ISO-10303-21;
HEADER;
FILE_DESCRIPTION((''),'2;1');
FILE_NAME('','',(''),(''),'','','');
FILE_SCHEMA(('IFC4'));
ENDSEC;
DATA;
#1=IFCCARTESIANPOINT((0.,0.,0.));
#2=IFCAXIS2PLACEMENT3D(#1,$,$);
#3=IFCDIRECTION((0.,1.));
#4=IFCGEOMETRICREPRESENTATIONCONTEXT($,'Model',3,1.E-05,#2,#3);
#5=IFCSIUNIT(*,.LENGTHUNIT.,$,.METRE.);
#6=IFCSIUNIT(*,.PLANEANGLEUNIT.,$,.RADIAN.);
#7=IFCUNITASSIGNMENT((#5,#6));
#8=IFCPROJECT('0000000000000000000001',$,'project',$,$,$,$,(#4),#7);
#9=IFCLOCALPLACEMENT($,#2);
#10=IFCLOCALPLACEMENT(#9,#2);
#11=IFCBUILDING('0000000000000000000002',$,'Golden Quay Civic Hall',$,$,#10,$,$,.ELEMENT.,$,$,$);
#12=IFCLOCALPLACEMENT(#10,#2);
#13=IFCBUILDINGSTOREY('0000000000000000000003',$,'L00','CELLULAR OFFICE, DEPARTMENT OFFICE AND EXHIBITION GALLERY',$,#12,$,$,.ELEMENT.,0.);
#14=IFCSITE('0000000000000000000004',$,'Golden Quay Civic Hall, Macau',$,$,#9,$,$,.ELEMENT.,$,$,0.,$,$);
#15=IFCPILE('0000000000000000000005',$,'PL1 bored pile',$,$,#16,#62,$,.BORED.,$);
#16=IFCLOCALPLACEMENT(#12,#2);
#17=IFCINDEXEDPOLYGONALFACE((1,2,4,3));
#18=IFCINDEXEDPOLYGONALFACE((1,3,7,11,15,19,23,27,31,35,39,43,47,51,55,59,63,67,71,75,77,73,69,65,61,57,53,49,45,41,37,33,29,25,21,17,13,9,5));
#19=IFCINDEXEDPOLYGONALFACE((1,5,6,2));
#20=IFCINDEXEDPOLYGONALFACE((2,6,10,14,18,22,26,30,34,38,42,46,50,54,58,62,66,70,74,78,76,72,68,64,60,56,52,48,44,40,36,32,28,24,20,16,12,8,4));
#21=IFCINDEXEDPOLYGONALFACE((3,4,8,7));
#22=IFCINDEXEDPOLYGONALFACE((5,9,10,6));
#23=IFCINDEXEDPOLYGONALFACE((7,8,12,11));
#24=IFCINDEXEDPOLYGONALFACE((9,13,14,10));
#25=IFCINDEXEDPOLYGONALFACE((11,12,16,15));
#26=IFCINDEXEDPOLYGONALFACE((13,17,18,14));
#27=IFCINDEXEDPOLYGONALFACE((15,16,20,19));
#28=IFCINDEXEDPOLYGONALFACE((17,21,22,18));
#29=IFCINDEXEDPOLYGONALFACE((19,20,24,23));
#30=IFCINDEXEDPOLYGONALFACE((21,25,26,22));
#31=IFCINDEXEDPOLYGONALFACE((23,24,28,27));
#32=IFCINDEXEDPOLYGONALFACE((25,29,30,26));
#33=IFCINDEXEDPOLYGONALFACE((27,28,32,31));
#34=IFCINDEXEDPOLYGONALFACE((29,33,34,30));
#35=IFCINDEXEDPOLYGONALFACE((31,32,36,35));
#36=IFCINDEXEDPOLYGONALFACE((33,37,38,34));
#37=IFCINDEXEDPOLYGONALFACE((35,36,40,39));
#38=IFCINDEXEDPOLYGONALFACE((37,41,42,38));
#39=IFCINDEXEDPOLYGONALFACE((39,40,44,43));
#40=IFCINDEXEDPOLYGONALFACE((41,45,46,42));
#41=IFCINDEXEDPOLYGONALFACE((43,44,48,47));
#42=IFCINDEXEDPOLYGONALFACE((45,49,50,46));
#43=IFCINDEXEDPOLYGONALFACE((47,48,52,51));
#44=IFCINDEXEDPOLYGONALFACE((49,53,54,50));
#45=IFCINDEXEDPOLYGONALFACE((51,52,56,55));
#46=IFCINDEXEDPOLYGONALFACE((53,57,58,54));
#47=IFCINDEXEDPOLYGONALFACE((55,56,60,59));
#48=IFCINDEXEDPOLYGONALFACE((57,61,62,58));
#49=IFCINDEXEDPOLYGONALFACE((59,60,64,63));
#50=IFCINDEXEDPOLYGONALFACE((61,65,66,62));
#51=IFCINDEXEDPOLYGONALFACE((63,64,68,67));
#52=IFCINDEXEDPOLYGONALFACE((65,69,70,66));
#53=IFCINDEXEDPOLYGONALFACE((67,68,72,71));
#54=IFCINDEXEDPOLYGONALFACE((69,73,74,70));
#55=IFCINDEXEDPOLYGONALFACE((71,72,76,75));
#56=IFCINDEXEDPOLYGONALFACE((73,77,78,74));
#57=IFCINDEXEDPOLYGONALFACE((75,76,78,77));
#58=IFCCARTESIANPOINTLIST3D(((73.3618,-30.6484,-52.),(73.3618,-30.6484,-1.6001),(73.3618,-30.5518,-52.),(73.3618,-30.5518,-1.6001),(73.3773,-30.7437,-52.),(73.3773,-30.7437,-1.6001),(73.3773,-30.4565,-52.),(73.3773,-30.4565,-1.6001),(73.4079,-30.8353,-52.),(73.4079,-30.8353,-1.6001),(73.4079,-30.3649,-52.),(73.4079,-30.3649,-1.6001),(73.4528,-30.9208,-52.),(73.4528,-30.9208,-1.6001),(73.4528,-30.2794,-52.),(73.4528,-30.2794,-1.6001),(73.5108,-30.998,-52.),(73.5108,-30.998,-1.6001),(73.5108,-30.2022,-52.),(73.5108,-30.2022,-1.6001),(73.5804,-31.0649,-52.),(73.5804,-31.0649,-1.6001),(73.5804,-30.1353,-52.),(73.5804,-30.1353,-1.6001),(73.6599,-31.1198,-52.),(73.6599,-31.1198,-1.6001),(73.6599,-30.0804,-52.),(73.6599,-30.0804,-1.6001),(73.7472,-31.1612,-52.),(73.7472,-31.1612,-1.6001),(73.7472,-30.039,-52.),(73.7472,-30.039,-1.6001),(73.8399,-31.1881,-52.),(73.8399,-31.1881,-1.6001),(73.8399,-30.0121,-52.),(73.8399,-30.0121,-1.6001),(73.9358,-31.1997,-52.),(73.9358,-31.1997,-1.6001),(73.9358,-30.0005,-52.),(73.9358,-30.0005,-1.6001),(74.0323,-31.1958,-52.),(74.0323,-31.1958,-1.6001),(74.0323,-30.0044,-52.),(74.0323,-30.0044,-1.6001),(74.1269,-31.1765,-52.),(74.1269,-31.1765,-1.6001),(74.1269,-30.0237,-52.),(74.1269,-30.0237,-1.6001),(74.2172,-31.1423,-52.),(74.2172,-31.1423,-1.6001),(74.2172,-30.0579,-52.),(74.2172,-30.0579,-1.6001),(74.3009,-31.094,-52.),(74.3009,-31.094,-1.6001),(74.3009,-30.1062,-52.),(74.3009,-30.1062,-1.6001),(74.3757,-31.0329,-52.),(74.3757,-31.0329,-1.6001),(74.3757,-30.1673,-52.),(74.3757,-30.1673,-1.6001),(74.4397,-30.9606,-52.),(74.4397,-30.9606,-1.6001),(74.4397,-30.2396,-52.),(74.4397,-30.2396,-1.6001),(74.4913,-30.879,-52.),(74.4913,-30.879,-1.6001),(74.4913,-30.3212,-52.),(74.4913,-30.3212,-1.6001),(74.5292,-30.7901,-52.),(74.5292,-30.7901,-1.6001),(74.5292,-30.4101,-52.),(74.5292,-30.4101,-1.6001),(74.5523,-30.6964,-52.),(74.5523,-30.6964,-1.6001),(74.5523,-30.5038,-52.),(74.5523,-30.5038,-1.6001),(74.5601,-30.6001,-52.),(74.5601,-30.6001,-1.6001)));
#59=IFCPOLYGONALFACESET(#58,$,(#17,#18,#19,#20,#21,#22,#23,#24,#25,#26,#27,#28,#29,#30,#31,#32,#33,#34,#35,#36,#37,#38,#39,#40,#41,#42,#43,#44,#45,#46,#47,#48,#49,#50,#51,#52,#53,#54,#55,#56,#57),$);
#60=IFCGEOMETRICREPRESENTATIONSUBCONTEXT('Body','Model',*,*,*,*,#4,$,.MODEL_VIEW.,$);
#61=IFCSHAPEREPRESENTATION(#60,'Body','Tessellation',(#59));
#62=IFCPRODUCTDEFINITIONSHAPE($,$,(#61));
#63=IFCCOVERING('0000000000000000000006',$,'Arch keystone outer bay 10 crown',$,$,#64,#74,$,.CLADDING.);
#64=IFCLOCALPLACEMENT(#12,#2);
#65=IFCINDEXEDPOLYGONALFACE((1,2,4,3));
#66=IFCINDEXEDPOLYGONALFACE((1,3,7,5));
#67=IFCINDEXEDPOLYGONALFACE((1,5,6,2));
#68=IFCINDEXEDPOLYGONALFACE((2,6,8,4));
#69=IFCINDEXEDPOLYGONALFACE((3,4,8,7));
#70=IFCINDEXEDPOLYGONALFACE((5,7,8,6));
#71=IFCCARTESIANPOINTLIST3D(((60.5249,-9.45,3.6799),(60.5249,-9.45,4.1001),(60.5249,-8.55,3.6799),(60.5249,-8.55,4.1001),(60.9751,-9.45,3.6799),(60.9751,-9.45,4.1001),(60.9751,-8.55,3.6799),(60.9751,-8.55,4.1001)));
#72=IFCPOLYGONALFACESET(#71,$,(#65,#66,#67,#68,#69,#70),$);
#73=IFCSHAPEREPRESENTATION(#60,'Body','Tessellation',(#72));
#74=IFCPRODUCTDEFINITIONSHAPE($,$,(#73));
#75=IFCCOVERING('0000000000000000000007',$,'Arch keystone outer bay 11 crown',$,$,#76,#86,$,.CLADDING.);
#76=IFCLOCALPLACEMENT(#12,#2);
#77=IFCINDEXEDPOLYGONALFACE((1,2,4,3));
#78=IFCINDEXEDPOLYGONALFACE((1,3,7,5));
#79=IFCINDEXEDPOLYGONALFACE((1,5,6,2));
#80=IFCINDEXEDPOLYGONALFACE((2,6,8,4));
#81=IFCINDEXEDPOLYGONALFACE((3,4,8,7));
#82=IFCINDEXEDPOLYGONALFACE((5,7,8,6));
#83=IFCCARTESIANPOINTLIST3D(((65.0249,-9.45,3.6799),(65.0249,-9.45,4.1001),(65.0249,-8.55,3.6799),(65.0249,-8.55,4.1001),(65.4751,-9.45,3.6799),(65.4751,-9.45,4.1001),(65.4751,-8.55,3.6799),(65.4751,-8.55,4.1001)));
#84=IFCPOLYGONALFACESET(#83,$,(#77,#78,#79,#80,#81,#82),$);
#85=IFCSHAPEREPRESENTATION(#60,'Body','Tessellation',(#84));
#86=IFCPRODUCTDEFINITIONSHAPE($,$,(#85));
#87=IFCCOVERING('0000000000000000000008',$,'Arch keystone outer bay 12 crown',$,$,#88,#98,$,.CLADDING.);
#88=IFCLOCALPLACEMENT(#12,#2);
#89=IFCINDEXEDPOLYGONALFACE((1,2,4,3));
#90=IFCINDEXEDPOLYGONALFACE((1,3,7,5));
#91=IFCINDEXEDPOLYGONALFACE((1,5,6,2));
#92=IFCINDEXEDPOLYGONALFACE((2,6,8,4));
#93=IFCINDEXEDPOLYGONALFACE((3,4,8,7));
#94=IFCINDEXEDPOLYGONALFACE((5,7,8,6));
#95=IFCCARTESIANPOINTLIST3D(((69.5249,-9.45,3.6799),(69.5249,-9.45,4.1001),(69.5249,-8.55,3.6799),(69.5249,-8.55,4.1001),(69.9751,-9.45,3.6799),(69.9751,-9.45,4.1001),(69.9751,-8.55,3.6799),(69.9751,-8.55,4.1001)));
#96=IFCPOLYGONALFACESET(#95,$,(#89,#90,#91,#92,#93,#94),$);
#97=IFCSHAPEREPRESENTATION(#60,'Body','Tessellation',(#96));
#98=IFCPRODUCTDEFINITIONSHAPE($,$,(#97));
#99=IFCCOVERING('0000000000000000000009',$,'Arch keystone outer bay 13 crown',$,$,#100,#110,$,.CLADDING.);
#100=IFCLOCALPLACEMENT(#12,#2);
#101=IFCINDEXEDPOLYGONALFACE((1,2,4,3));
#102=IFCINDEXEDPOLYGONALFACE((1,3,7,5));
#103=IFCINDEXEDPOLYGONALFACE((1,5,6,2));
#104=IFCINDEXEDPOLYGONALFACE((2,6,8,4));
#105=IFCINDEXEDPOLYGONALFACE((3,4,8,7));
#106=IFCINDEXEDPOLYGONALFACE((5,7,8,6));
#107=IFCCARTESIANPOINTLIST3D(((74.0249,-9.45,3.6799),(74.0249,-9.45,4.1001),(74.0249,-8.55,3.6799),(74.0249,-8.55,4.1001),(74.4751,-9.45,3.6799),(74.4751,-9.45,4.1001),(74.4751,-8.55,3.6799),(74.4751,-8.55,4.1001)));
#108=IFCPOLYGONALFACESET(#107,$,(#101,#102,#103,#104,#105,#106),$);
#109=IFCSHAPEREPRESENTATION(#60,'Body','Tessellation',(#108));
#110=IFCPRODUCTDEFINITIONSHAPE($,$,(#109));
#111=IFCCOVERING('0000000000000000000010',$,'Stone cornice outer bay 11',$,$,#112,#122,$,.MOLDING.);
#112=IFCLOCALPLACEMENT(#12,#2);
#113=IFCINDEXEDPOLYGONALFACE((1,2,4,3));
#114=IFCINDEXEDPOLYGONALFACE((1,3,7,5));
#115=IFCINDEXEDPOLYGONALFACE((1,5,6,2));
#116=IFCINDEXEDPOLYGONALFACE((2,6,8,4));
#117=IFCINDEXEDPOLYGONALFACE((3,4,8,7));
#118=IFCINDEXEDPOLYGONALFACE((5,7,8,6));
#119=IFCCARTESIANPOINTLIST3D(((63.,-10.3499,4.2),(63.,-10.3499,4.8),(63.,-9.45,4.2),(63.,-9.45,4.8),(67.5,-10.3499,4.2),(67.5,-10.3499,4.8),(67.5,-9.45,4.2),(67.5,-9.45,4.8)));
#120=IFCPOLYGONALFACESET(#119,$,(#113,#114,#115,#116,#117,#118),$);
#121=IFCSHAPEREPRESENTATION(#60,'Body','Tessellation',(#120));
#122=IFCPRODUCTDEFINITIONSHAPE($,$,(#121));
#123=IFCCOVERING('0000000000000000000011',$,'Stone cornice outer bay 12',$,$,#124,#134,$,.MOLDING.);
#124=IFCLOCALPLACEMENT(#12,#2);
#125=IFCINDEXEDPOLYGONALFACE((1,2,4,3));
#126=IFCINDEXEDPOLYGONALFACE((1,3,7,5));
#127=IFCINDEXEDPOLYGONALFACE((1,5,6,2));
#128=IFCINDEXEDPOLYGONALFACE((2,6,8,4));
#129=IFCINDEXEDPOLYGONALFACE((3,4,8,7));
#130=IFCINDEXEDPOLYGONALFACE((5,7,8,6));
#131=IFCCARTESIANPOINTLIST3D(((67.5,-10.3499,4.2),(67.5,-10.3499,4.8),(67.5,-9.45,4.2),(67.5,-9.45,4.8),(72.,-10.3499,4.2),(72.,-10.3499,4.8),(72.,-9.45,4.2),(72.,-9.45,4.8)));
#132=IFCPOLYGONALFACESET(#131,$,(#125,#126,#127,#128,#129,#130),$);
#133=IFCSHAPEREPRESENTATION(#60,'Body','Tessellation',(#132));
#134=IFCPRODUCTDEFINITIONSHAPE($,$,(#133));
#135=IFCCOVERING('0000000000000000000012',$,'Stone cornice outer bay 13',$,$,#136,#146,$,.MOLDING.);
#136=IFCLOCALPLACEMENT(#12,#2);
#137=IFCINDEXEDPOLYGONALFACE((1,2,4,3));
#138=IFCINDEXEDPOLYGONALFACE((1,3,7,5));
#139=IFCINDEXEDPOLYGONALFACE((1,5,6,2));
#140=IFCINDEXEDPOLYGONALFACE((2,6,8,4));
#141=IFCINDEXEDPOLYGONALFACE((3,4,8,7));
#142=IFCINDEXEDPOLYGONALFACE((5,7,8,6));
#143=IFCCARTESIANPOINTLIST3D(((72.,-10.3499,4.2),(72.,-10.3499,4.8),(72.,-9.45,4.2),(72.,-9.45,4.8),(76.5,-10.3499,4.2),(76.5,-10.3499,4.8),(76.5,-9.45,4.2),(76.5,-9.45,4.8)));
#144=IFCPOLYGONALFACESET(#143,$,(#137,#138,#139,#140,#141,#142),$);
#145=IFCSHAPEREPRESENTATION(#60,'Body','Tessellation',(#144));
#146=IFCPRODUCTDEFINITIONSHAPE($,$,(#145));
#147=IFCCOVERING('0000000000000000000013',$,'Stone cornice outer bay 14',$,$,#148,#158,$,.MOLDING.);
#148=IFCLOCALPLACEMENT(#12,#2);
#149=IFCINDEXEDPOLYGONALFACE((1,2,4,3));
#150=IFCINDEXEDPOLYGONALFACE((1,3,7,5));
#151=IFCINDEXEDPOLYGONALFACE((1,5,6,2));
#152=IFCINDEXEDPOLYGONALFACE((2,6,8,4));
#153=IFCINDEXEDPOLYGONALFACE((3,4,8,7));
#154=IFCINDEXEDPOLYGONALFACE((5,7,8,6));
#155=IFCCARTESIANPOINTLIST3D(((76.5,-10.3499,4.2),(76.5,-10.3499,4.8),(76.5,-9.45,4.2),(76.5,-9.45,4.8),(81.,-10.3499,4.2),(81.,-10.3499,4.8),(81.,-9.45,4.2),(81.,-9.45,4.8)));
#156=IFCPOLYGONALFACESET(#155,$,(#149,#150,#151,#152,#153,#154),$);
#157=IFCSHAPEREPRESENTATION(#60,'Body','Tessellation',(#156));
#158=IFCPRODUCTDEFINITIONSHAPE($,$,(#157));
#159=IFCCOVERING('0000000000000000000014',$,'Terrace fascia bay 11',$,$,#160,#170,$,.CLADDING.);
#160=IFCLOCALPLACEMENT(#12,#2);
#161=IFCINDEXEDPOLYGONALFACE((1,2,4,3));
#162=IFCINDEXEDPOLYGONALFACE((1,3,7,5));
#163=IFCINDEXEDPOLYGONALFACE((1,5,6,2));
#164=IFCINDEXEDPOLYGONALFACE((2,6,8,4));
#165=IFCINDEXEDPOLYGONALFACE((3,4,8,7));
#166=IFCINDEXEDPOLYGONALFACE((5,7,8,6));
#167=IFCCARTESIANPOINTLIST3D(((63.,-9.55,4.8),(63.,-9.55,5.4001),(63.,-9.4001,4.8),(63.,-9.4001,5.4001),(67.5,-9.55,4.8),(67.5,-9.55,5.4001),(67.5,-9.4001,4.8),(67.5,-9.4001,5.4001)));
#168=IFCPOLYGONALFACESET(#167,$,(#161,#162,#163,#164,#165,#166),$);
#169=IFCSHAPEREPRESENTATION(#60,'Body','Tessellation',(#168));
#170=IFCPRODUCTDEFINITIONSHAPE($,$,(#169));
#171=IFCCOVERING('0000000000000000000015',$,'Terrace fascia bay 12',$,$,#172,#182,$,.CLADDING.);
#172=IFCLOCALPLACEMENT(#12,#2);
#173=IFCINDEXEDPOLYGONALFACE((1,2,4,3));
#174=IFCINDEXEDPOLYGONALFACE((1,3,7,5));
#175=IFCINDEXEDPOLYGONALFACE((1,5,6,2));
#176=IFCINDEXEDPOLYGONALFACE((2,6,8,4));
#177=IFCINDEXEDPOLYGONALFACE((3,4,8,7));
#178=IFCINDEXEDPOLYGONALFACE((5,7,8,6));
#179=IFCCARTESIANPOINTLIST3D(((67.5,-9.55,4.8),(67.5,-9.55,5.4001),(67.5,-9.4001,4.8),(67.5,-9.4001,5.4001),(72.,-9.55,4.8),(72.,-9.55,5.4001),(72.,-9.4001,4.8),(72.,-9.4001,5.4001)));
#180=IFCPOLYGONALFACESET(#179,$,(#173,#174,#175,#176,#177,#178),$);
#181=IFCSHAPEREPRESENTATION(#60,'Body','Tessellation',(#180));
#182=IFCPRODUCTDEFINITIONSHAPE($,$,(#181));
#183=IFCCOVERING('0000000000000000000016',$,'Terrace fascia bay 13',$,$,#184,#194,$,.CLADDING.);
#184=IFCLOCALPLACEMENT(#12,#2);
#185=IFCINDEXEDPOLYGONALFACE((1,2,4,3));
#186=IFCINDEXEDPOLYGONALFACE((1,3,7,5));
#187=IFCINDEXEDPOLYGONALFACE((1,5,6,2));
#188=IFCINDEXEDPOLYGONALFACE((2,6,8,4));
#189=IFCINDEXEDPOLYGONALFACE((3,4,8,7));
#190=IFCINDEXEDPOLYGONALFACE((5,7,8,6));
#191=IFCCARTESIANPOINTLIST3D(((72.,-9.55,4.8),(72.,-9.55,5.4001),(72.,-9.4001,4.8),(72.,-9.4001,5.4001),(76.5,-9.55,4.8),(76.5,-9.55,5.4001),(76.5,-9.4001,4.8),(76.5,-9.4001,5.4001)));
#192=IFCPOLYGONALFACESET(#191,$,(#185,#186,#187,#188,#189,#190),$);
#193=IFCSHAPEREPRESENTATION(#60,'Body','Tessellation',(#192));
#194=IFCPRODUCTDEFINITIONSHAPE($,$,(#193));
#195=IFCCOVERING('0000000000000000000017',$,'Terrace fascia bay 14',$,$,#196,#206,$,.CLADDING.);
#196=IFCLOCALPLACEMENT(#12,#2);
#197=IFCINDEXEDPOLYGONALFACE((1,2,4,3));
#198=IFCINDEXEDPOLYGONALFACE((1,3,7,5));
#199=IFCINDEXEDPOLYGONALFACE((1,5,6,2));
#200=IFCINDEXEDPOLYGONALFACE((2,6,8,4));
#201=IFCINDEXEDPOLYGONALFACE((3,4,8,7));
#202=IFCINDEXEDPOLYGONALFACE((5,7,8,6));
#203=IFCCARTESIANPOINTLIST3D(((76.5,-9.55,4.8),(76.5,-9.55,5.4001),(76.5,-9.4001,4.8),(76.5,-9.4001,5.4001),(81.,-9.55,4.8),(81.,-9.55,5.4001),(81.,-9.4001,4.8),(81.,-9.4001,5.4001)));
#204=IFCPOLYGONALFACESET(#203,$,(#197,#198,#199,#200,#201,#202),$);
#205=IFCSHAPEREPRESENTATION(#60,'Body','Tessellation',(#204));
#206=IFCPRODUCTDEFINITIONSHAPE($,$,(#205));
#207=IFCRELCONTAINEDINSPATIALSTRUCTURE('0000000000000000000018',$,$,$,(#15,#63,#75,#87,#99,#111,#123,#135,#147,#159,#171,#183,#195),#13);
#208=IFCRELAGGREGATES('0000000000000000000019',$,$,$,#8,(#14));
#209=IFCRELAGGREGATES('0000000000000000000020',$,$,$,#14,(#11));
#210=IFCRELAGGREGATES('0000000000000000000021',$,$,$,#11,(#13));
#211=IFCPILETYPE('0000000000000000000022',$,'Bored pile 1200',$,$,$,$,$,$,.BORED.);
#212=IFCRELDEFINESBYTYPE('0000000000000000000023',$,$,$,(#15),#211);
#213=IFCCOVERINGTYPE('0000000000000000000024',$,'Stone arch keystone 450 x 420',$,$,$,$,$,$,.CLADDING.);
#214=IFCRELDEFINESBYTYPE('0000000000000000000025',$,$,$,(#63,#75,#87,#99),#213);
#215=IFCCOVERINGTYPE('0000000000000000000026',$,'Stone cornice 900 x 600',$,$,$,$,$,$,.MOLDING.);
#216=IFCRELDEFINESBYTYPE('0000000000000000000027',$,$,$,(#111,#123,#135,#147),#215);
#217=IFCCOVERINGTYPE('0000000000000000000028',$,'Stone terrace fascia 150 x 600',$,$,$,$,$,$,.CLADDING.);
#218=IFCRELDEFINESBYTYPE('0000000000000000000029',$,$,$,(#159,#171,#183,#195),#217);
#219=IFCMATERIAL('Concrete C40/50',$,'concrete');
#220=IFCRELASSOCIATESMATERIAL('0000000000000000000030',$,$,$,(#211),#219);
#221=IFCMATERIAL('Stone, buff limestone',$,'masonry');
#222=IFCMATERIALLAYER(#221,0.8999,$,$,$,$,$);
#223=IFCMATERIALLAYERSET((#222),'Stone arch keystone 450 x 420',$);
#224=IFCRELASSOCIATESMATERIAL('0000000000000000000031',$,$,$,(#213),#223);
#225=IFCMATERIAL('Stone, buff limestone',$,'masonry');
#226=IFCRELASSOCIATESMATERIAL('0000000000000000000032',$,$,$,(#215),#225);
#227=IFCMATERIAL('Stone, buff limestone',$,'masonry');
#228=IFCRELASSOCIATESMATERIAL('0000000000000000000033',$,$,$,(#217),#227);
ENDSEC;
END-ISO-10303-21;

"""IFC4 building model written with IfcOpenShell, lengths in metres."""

from ifc_helpers import new_model, si_unit, direction, frame, origin, origin_2d, place, context, subcontext, project, spatial, polyline, rectangle, circle, outline, extrude, material, layer, layer_set, material_profile, profile_set, type_object, element, save


model = new_model("IFC4")

# Units and contexts
model_context = context("Model", 3, precision=1e-05, world=origin(), true_north=direction((0.0, 1.0)))
body_context = subcontext(model_context, "Body", "Model", "MODEL_VIEW")
ifc_project = project(units=[si_unit("LENGTHUNIT", "METRE"), si_unit("PLANEANGLEUNIT", "RADIAN")], contexts=[model_context])

# Site, building, storey
site_placement = place(None, origin())
site = spatial("IfcSite", under=ifc_project, at=site_placement, Name="Golden Quay Civic Hall, Macau", CompositionType="ELEMENT", RefElevation=0.0)
building_placement = place(site_placement, origin())
building = spatial("IfcBuilding", under=site, at=building_placement, Name="Golden Quay Civic Hall", CompositionType="ELEMENT")
storey_placement = place(building_placement, origin())
storey = spatial("IfcBuildingStorey", under=building, at=storey_placement, Name="L00", Description="CELLULAR OFFICE, DEPARTMENT OFFICE AND EXHIBITION GALLERY", CompositionType="ELEMENT", Elevation=0.0)

# Pile
ifc_material_1 = material(Name="Concrete C40/50", Category="concrete")
ifc_material_profile_1 = material_profile(ifc_material_1, circle(Radius=0.6001, at=origin_2d()), Name="RC D1200")
ifc_profile_set_1 = profile_set([ifc_material_profile_1], Name="Concrete C40/50")
pile_type = type_object("IfcPileType", Name="Bored pile 1200", PredefinedType="BORED", material=ifc_profile_set_1)
for number, where, z_axis, x_axis, name in (
    (1, (73.96, -30.6001, -1.6001), (0.0, 0.0, -1.0), (1.0, 0.0, 0.0), "PL1 bored pile"),
):
    element("IfcPile", number, at=place(storey_placement, frame(where, z_axis=z_axis, x_axis=x_axis)), inside=storey, type_object=pile_type, Name=name, PredefinedType="BORED", context=body_context, shape_type="SweptSolid", body=[
        extrude(circle(Radius=0.6001, at=origin_2d()), origin(), (0.0, 0.0, 1.0), 50.3999),
    ])

# Coverings
ifc_material_2 = material(Name="Stone, buff limestone", Category="masonry")
ifc_layer_1 = layer(ifc_material_2, 0.8999)
ifc_layer_set_1 = layer_set([ifc_layer_1], Name="Stone arch keystone 450 x 420")
covering_type_1 = type_object("IfcCoveringType", Name="Stone arch keystone 450 x 420", PredefinedType="CLADDING", material=ifc_layer_set_1)
for number, where, z_axis, x_axis, name in (
    (2, (60.5249, -9.45, 3.6799), (0.0, -1.0, 0.0), (1.0, 0.0, 0.0), "Arch keystone outer bay 10 crown"),
    (3, (65.0249, -9.45, 3.6799), (0.0, -1.0, 0.0), (1.0, 0.0, 0.0), "Arch keystone outer bay 11 crown"),
    (4, (69.5249, -9.45, 3.6799), (0.0, -1.0, 0.0), (1.0, 0.0, 0.0), "Arch keystone outer bay 12 crown"),
    (5, (74.0249, -9.45, 3.6799), (0.0, -1.0, 0.0), (1.0, 0.0, 0.0), "Arch keystone outer bay 13 crown"),
):
    element("IfcCovering", number, at=place(storey_placement, frame(where, z_axis=z_axis, x_axis=x_axis)), inside=storey, type_object=covering_type_1, Name=name, PredefinedType="CLADDING", context=body_context, shape_type="SweptSolid", body=[
        extrude(outline(polyline([(0.0, 0.0), (0.4502, 0.0), (0.4502, 0.4202), (0.0, 0.4202), (0.0, 0.0)])), origin(), (0.0, 0.0, -1.0), 0.8999),
    ])
ifc_material_3 = material(Name="Stone, buff limestone", Category="masonry")
ifc_material_profile_2 = material_profile(ifc_material_3, rectangle(XDim=0.8999, YDim=0.6001, at=origin_2d()), Name="RC 900x600")
ifc_profile_set_2 = profile_set([ifc_material_profile_2], Name="Stone, buff limestone")
covering_type_2 = type_object("IfcCoveringType", Name="Stone cornice 900 x 600", PredefinedType="MOLDING", material=ifc_profile_set_2)
for number, where, z_axis, x_axis, name in (
    (6, (63.0, -9.8999, 4.5), (1.0, 0.0, 0.0), (0.0, 1.0, 0.0), "Stone cornice outer bay 11"),
    (7, (67.5, -9.8999, 4.5), (1.0, 0.0, 0.0), (0.0, 1.0, 0.0), "Stone cornice outer bay 12"),
    (8, (72.0, -9.8999, 4.5), (1.0, 0.0, 0.0), (0.0, 1.0, 0.0), "Stone cornice outer bay 13"),
    (9, (76.5, -9.8999, 4.5), (1.0, 0.0, 0.0), (0.0, 1.0, 0.0), "Stone cornice outer bay 14"),
):
    element("IfcCovering", number, at=place(storey_placement, frame(where, z_axis=z_axis, x_axis=x_axis)), inside=storey, type_object=covering_type_2, Name=name, PredefinedType="MOLDING", context=body_context, shape_type="SweptSolid", body=[
        extrude(rectangle(XDim=0.8999, YDim=0.6001, at=origin_2d()), origin(), (0.0, 0.0, 1.0), 4.5),
    ])
ifc_material_4 = material(Name="Stone, buff limestone", Category="masonry")
ifc_material_profile_3 = material_profile(ifc_material_4, rectangle(XDim=0.1499, YDim=0.6001, at=origin_2d()), Name="RC 150x600")
ifc_profile_set_3 = profile_set([ifc_material_profile_3], Name="Stone, buff limestone")
covering_type_3 = type_object("IfcCoveringType", Name="Stone terrace fascia 150 x 600", PredefinedType="CLADDING", material=ifc_profile_set_3)
for number, where, z_axis, x_axis, name in (
    (10, (63.0, -9.4751, 5.1001), (1.0, 0.0, 0.0), (0.0, 1.0, 0.0), "Terrace fascia bay 11"),
    (11, (67.5, -9.4751, 5.1001), (1.0, 0.0, 0.0), (0.0, 1.0, 0.0), "Terrace fascia bay 12"),
    (12, (72.0, -9.4751, 5.1001), (1.0, 0.0, 0.0), (0.0, 1.0, 0.0), "Terrace fascia bay 13"),
    (13, (76.5, -9.4751, 5.1001), (1.0, 0.0, 0.0), (0.0, 1.0, 0.0), "Terrace fascia bay 14"),
):
    element("IfcCovering", number, at=place(storey_placement, frame(where, z_axis=z_axis, x_axis=x_axis)), inside=storey, type_object=covering_type_3, Name=name, PredefinedType="CLADDING", context=body_context, shape_type="SweptSolid", body=[
        extrude(rectangle(XDim=0.1499, YDim=0.6001, at=origin_2d()), origin(), (0.0, 0.0, 1.0), 4.5),
    ])

save(model, "model.ifc")
